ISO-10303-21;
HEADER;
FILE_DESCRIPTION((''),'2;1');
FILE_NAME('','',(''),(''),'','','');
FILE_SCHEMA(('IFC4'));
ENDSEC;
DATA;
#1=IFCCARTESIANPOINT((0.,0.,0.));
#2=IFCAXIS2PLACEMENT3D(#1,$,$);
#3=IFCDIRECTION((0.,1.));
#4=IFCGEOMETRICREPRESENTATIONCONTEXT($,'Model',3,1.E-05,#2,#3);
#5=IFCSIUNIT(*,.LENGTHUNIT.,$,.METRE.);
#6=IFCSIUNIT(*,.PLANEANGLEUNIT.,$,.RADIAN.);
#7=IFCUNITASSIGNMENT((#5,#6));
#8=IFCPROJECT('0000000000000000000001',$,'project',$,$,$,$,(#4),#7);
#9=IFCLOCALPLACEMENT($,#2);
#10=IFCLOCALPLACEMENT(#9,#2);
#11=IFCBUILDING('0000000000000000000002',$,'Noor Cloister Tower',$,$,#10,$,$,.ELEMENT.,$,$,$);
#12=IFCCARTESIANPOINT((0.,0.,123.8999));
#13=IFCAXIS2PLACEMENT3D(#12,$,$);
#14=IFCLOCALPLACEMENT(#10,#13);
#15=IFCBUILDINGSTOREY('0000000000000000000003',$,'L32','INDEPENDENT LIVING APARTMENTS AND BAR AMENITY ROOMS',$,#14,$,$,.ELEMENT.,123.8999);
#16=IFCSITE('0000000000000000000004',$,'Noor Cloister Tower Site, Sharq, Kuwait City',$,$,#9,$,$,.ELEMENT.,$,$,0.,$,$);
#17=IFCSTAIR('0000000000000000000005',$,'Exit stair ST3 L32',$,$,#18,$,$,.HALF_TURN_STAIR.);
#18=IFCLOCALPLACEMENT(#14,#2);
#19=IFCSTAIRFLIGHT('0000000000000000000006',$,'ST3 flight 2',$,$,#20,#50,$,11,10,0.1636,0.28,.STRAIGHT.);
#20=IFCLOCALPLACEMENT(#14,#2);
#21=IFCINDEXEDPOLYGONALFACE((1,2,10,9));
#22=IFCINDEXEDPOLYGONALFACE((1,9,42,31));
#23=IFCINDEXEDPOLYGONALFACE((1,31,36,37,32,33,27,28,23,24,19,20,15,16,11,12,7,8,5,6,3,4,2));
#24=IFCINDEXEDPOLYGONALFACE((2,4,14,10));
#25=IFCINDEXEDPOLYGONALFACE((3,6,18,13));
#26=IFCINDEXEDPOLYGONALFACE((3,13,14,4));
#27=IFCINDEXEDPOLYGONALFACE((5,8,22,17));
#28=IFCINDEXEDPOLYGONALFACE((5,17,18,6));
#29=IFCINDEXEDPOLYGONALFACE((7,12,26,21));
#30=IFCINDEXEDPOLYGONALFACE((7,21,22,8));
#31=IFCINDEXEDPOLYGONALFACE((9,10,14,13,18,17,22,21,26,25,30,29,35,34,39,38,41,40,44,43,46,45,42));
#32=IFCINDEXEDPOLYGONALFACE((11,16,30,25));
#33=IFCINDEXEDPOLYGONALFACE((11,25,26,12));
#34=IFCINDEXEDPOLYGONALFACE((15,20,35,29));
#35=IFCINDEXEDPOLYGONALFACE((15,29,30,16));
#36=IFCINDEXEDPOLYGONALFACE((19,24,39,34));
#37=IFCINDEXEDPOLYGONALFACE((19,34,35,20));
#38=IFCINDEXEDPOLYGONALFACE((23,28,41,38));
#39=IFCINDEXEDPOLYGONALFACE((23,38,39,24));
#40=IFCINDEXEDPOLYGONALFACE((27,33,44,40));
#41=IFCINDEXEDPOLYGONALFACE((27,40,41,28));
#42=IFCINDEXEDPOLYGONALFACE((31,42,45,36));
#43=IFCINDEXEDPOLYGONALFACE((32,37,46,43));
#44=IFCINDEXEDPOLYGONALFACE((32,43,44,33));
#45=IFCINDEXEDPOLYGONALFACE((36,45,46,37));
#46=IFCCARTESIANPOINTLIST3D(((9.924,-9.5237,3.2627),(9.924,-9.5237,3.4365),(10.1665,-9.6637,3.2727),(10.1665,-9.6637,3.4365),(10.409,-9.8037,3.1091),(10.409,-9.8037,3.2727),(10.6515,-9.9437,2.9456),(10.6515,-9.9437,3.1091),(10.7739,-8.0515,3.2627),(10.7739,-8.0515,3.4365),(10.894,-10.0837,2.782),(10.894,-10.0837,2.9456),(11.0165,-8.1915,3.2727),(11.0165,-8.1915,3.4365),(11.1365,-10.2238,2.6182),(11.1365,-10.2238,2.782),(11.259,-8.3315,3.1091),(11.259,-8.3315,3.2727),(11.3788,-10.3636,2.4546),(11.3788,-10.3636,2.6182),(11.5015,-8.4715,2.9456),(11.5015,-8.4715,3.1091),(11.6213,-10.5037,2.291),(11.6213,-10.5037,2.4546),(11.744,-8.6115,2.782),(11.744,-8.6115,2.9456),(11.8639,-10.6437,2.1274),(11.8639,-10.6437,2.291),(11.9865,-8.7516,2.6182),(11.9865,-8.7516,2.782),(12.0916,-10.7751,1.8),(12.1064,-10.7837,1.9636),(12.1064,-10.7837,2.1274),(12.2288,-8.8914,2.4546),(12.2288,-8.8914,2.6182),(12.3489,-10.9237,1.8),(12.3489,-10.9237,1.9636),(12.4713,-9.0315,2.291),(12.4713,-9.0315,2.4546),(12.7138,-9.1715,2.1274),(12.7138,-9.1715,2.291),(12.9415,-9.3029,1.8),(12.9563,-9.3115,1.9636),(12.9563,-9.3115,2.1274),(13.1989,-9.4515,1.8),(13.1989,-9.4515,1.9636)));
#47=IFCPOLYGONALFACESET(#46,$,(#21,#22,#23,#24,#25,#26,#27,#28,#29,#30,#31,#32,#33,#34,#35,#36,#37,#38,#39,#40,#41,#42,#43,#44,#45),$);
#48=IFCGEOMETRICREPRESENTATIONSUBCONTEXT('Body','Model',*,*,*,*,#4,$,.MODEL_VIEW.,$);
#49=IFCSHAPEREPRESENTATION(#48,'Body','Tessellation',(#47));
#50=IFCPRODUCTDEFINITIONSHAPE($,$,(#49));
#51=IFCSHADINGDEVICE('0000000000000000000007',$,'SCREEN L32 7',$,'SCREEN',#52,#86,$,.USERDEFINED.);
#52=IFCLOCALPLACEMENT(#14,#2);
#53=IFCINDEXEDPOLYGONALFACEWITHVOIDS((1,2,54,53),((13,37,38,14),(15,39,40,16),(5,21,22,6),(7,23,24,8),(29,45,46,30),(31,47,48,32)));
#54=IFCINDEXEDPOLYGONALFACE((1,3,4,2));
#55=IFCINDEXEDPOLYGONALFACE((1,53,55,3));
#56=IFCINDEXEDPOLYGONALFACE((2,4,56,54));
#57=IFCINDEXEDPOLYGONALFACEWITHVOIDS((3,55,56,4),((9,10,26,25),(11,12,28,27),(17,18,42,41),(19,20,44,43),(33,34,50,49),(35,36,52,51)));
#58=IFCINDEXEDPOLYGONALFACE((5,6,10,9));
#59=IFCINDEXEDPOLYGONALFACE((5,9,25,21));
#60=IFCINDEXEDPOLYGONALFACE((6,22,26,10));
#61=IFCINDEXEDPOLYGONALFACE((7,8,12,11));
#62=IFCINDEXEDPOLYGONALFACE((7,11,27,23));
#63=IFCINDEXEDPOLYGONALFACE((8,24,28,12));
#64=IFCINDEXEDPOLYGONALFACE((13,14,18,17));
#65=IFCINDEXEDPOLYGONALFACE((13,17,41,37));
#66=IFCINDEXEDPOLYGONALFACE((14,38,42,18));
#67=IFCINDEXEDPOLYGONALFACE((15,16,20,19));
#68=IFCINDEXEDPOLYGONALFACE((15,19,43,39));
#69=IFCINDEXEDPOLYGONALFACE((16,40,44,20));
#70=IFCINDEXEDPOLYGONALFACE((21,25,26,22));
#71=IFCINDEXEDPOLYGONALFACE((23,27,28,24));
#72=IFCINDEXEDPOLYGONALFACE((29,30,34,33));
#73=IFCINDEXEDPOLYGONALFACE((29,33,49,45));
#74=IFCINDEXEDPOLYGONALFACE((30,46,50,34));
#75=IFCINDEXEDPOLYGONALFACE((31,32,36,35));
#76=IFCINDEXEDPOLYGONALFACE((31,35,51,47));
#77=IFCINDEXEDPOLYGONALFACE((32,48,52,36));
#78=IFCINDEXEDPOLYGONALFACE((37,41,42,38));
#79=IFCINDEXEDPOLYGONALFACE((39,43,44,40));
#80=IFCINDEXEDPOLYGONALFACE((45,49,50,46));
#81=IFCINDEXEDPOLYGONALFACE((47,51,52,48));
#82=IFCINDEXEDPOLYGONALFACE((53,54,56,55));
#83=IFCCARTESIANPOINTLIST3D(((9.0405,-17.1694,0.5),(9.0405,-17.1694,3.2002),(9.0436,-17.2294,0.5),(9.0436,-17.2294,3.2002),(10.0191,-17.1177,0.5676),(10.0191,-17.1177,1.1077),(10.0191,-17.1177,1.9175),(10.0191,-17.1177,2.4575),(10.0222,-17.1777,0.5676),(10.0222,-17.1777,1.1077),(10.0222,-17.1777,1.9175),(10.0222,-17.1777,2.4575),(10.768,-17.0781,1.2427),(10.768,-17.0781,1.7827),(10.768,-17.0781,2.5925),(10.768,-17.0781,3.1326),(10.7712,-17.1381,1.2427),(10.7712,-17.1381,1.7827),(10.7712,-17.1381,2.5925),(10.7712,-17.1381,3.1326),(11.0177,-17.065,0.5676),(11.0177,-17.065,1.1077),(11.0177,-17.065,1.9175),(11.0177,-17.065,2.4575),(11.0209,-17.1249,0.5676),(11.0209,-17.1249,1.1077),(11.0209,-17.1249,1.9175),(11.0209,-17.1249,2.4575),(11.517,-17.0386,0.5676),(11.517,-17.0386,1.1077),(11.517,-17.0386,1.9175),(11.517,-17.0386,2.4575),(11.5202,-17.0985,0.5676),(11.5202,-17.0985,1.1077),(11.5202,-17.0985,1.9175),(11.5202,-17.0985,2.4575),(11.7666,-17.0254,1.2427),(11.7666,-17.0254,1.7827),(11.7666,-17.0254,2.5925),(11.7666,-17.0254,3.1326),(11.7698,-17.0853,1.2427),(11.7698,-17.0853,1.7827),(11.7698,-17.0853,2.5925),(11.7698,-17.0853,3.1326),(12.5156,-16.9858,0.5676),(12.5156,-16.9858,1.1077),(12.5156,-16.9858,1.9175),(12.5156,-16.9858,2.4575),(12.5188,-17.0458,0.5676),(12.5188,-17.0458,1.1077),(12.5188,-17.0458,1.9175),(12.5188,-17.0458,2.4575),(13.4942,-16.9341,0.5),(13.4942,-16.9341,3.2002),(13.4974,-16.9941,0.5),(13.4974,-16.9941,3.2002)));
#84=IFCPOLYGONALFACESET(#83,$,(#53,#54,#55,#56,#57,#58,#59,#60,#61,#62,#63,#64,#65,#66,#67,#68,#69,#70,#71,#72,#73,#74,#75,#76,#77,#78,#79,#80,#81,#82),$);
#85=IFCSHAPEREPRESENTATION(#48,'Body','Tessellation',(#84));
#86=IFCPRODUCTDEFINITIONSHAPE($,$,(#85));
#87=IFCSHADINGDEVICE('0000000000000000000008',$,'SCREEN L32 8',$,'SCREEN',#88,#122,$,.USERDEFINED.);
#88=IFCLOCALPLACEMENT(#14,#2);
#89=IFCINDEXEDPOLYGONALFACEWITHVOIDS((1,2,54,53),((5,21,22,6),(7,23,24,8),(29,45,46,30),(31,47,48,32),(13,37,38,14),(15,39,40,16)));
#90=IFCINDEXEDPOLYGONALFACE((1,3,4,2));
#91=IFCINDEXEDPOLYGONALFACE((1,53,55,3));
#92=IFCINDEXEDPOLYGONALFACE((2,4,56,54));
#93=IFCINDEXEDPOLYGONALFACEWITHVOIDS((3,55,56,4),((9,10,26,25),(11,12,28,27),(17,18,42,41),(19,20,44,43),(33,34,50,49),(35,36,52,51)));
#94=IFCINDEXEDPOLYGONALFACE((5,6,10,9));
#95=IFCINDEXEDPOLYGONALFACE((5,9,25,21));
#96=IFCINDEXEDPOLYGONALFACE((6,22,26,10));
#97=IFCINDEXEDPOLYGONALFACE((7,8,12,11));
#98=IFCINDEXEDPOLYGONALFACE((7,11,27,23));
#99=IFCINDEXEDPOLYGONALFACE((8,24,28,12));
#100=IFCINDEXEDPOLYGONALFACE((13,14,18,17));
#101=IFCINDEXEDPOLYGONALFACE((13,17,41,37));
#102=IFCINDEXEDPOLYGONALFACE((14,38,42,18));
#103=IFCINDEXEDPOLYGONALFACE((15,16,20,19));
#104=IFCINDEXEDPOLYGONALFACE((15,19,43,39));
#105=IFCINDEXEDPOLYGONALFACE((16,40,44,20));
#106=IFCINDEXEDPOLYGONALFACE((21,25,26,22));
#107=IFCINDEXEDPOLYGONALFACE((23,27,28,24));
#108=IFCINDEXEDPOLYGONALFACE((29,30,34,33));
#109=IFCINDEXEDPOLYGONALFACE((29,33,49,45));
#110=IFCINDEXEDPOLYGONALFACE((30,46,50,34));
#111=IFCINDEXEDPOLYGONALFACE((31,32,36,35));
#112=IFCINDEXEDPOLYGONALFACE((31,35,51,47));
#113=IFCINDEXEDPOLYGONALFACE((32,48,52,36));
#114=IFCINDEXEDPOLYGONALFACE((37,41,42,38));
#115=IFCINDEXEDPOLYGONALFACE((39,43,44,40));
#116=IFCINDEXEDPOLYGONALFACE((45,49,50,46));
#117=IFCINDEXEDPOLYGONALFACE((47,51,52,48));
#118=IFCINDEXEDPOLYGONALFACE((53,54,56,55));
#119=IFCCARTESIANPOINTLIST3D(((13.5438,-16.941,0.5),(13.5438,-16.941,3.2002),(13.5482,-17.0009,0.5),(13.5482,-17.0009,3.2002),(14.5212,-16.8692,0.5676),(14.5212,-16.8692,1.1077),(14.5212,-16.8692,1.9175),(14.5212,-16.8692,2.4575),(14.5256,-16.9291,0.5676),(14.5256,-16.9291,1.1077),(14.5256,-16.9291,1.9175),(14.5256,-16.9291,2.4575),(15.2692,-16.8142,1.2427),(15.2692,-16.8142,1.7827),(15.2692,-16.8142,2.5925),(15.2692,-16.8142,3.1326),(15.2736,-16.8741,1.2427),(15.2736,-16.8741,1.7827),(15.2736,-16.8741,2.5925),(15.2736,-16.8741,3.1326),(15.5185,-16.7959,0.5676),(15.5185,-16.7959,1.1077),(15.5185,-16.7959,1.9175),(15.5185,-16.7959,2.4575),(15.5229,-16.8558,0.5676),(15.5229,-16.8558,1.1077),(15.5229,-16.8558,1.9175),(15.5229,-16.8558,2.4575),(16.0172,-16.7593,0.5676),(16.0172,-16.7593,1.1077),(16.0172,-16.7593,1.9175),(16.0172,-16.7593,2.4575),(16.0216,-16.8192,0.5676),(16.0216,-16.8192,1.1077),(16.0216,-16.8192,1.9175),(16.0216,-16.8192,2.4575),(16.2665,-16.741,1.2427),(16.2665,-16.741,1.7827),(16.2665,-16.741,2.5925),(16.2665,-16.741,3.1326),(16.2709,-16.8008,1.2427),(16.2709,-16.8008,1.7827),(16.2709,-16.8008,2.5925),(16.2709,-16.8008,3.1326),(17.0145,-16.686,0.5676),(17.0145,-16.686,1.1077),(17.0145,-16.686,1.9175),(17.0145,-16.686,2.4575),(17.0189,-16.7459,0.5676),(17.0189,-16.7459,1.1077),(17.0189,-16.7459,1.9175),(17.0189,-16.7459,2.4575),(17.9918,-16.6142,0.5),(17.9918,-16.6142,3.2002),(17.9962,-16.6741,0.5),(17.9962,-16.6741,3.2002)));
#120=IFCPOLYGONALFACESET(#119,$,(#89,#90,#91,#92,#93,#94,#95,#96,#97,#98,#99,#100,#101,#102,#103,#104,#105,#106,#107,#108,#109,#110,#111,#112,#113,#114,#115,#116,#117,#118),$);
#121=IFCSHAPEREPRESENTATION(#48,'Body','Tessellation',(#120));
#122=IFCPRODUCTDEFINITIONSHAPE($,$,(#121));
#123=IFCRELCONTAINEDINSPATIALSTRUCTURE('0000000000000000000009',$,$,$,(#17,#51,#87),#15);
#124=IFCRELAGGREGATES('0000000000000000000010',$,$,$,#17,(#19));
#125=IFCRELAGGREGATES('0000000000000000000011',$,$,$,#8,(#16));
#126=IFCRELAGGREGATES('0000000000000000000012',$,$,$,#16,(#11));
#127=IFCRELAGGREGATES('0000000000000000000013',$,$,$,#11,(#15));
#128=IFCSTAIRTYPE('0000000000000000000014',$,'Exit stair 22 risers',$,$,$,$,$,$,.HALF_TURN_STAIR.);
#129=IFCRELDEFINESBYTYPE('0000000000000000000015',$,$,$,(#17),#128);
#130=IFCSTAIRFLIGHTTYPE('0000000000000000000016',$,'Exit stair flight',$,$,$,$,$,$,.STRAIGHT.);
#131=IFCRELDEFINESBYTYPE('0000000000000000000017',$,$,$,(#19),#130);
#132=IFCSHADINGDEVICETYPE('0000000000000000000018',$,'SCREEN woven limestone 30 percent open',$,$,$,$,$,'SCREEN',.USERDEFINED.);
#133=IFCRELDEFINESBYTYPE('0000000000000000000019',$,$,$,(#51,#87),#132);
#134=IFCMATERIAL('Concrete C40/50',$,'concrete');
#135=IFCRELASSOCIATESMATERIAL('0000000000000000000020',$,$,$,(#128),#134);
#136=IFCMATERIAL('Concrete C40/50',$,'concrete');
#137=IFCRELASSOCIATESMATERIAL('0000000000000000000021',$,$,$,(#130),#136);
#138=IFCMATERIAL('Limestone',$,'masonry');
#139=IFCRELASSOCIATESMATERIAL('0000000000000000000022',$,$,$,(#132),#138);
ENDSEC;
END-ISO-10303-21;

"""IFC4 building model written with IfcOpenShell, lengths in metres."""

from ifc_helpers import new_model, si_unit, direction, frame, origin, place, context, subcontext, project, spatial, polyline, outline, extrude, material, material_profile, profile_set, type_object, element, aggregate, save


model = new_model("IFC4")

# Units and contexts
model_context = context("Model", 3, precision=1e-05, world=origin(), true_north=direction((0.0, 1.0)))
body_context = subcontext(model_context, "Body", "Model", "MODEL_VIEW")
ifc_project = project(units=[si_unit("LENGTHUNIT", "METRE"), si_unit("PLANEANGLEUNIT", "RADIAN")], contexts=[model_context])

# Site, building, storey
site_placement = place(None, origin())
site = spatial("IfcSite", under=ifc_project, at=site_placement, Name="Noor Cloister Tower Site, Sharq, Kuwait City", CompositionType="ELEMENT", RefElevation=0.0)
building_placement = place(site_placement, origin())
building = spatial("IfcBuilding", under=site, at=building_placement, Name="Noor Cloister Tower", CompositionType="ELEMENT")
storey_placement = place(building_placement, frame((0.0, 0.0, 123.8999)))
storey = spatial("IfcBuildingStorey", under=building, at=storey_placement, Name="L32", Description="INDEPENDENT LIVING APARTMENTS AND BAR AMENITY ROOMS", CompositionType="ELEMENT", Elevation=123.8999)

# Stair, stair flight
ifc_material_1 = material(Name="Concrete C40/50", Category="concrete")
stair_type = type_object("IfcStairType", Name="Exit stair 22 risers", PredefinedType="HALF_TURN_STAIR", material=ifc_material_1)
stair_placement = place(storey_placement, origin())
stair = element("IfcStair", 1, at=stair_placement, inside=storey, type_object=stair_type, Name="Exit stair ST3 L32", PredefinedType="HALF_TURN_STAIR")
ifc_material_2 = material(Name="Concrete C40/50", Category="concrete")
stair_flight_type = type_object("IfcStairFlightType", Name="Exit stair flight", PredefinedType="STRAIGHT", material=ifc_material_2)
stair_flight_placement = place(storey_placement, frame((12.7739, -10.1875, 1.8), z_axis=(0.0, 0.0, 1.0), x_axis=(-0.866025, 0.5, 0.0)))
stair_flight = element("IfcStairFlight", 2, at=stair_flight_placement, type_object=stair_flight_type, Name="ST3 flight 2", NumberOfRisers=11, NumberOfTreads=10, PredefinedType="STRAIGHT", RiserHeight=0.1636, TreadLength=0.28, context=body_context, shape_type="SweptSolid", body=[
    extrude(outline(polyline([(0.0, 0.0), (0.0, 0.1636), (0.28, 0.1636), (0.28, 0.3274), (0.5601, 0.3274), (0.5601, 0.491), (0.8401, 0.491), (0.8401, 0.6545), (1.1201, 0.6545), (1.1201, 0.8181), (1.3999, 0.8181), (1.3999, 0.9819), (1.6799, 0.9819), (1.6799, 1.1455), (1.96, 1.1455), (1.96, 1.3091), (2.24, 1.3091), (2.24, 1.4727), (2.52, 1.4727), (2.52, 1.6365), (2.8, 1.6365), (2.8, 1.8), (2.8, 1.4626), (0.2971, 0.0), (0.0, 0.0)])), frame((0.0, 0.8501, 0.0), z_axis=(0.0, -1.0, 0.0), x_axis=(1.0, 0.0, 0.0)), (0.0, 0.0, 1.0), 1.7),
])
aggregate(stair, [stair_flight])

# Shading devices
ifc_material_3 = material(Name="Limestone", Category="masonry")
ifc_material_profile_1 = material_profile(ifc_material_3, outline(polyline([(-2.23, -1.3501), (2.23, -1.3501), (2.23, 1.3501), (-2.23, 1.3501), (-2.23, -1.3501)]), holes=[polyline([(-1.25, -1.2825), (-0.25, -1.2825), (-0.25, -0.7424), (-1.25, -0.7424), (-1.25, -1.2825)]), polyline([(0.25, -1.2825), (1.25, -1.2825), (1.25, -0.7424), (0.25, -0.7424), (0.25, -1.2825)]), polyline([(-0.5, -0.6074), (0.5, -0.6074), (0.5, -0.0674), (-0.5, -0.0674), (-0.5, -0.6074)]), polyline([(-1.25, 0.0674), (-0.25, 0.0674), (-0.25, 0.6074), (-1.25, 0.6074), (-1.25, 0.0674)]), polyline([(0.25, 0.0674), (1.25, 0.0674), (1.25, 0.6074), (0.25, 0.6074), (0.25, 0.0674)]), polyline([(-0.5, 0.7424), (0.5, 0.7424), (0.5, 1.2825), (-0.5, 1.2825), (-0.5, 0.7424)])]), Name="Woven screen 30 percent open")
ifc_profile_set_1 = profile_set([ifc_material_profile_1], Name="Limestone")
shading_device_type = type_object("IfcShadingDeviceType", Name="SCREEN woven limestone 30 percent open", ElementType="SCREEN", PredefinedType="USERDEFINED", material=ifc_profile_set_1)
for number, where, z_axis, x_axis, name in (
    (3, (11.2673, -17.0518, 1.8501), (0.052772, -0.998607, 0.0), (0.998607, 0.052772, 0.0), "SCREEN L32 7"),
    (4, (15.7678, -16.7776, 1.8501), (0.073272, -0.997312, 0.0), (0.997312, 0.073272, 0.0), "SCREEN L32 8"),
):
    element("IfcShadingDevice", number, at=place(storey_placement, frame(where, z_axis=z_axis, x_axis=x_axis)), inside=storey, type_object=shading_device_type, Name=name, ObjectType="SCREEN", PredefinedType="USERDEFINED", context=body_context, shape_type="SweptSolid", body=[
        extrude(outline(polyline([(-2.23, -1.3501), (2.23, -1.3501), (2.23, 1.3501), (-2.23, 1.3501), (-2.23, -1.3501)]), holes=[polyline([(-1.25, -1.2825), (-0.25, -1.2825), (-0.25, -0.7424), (-1.25, -0.7424), (-1.25, -1.2825)]), polyline([(0.25, -1.2825), (1.25, -1.2825), (1.25, -0.7424), (0.25, -0.7424), (0.25, -1.2825)]), polyline([(-0.5, -0.6074), (0.5, -0.6074), (0.5, -0.0674), (-0.5, -0.0674), (-0.5, -0.6074)]), polyline([(-1.25, 0.0674), (-0.25, 0.0674), (-0.25, 0.6074), (-1.25, 0.6074), (-1.25, 0.0674)]), polyline([(0.25, 0.0674), (1.25, 0.0674), (1.25, 0.6074), (0.25, 0.6074), (0.25, 0.0674)]), polyline([(-0.5, 0.7424), (0.5, 0.7424), (0.5, 1.2825), (-0.5, 1.2825), (-0.5, 0.7424)])]), origin(), (0.0, 0.0, 1.0), 0.0601),
    ])

save(model, "model.ifc")
